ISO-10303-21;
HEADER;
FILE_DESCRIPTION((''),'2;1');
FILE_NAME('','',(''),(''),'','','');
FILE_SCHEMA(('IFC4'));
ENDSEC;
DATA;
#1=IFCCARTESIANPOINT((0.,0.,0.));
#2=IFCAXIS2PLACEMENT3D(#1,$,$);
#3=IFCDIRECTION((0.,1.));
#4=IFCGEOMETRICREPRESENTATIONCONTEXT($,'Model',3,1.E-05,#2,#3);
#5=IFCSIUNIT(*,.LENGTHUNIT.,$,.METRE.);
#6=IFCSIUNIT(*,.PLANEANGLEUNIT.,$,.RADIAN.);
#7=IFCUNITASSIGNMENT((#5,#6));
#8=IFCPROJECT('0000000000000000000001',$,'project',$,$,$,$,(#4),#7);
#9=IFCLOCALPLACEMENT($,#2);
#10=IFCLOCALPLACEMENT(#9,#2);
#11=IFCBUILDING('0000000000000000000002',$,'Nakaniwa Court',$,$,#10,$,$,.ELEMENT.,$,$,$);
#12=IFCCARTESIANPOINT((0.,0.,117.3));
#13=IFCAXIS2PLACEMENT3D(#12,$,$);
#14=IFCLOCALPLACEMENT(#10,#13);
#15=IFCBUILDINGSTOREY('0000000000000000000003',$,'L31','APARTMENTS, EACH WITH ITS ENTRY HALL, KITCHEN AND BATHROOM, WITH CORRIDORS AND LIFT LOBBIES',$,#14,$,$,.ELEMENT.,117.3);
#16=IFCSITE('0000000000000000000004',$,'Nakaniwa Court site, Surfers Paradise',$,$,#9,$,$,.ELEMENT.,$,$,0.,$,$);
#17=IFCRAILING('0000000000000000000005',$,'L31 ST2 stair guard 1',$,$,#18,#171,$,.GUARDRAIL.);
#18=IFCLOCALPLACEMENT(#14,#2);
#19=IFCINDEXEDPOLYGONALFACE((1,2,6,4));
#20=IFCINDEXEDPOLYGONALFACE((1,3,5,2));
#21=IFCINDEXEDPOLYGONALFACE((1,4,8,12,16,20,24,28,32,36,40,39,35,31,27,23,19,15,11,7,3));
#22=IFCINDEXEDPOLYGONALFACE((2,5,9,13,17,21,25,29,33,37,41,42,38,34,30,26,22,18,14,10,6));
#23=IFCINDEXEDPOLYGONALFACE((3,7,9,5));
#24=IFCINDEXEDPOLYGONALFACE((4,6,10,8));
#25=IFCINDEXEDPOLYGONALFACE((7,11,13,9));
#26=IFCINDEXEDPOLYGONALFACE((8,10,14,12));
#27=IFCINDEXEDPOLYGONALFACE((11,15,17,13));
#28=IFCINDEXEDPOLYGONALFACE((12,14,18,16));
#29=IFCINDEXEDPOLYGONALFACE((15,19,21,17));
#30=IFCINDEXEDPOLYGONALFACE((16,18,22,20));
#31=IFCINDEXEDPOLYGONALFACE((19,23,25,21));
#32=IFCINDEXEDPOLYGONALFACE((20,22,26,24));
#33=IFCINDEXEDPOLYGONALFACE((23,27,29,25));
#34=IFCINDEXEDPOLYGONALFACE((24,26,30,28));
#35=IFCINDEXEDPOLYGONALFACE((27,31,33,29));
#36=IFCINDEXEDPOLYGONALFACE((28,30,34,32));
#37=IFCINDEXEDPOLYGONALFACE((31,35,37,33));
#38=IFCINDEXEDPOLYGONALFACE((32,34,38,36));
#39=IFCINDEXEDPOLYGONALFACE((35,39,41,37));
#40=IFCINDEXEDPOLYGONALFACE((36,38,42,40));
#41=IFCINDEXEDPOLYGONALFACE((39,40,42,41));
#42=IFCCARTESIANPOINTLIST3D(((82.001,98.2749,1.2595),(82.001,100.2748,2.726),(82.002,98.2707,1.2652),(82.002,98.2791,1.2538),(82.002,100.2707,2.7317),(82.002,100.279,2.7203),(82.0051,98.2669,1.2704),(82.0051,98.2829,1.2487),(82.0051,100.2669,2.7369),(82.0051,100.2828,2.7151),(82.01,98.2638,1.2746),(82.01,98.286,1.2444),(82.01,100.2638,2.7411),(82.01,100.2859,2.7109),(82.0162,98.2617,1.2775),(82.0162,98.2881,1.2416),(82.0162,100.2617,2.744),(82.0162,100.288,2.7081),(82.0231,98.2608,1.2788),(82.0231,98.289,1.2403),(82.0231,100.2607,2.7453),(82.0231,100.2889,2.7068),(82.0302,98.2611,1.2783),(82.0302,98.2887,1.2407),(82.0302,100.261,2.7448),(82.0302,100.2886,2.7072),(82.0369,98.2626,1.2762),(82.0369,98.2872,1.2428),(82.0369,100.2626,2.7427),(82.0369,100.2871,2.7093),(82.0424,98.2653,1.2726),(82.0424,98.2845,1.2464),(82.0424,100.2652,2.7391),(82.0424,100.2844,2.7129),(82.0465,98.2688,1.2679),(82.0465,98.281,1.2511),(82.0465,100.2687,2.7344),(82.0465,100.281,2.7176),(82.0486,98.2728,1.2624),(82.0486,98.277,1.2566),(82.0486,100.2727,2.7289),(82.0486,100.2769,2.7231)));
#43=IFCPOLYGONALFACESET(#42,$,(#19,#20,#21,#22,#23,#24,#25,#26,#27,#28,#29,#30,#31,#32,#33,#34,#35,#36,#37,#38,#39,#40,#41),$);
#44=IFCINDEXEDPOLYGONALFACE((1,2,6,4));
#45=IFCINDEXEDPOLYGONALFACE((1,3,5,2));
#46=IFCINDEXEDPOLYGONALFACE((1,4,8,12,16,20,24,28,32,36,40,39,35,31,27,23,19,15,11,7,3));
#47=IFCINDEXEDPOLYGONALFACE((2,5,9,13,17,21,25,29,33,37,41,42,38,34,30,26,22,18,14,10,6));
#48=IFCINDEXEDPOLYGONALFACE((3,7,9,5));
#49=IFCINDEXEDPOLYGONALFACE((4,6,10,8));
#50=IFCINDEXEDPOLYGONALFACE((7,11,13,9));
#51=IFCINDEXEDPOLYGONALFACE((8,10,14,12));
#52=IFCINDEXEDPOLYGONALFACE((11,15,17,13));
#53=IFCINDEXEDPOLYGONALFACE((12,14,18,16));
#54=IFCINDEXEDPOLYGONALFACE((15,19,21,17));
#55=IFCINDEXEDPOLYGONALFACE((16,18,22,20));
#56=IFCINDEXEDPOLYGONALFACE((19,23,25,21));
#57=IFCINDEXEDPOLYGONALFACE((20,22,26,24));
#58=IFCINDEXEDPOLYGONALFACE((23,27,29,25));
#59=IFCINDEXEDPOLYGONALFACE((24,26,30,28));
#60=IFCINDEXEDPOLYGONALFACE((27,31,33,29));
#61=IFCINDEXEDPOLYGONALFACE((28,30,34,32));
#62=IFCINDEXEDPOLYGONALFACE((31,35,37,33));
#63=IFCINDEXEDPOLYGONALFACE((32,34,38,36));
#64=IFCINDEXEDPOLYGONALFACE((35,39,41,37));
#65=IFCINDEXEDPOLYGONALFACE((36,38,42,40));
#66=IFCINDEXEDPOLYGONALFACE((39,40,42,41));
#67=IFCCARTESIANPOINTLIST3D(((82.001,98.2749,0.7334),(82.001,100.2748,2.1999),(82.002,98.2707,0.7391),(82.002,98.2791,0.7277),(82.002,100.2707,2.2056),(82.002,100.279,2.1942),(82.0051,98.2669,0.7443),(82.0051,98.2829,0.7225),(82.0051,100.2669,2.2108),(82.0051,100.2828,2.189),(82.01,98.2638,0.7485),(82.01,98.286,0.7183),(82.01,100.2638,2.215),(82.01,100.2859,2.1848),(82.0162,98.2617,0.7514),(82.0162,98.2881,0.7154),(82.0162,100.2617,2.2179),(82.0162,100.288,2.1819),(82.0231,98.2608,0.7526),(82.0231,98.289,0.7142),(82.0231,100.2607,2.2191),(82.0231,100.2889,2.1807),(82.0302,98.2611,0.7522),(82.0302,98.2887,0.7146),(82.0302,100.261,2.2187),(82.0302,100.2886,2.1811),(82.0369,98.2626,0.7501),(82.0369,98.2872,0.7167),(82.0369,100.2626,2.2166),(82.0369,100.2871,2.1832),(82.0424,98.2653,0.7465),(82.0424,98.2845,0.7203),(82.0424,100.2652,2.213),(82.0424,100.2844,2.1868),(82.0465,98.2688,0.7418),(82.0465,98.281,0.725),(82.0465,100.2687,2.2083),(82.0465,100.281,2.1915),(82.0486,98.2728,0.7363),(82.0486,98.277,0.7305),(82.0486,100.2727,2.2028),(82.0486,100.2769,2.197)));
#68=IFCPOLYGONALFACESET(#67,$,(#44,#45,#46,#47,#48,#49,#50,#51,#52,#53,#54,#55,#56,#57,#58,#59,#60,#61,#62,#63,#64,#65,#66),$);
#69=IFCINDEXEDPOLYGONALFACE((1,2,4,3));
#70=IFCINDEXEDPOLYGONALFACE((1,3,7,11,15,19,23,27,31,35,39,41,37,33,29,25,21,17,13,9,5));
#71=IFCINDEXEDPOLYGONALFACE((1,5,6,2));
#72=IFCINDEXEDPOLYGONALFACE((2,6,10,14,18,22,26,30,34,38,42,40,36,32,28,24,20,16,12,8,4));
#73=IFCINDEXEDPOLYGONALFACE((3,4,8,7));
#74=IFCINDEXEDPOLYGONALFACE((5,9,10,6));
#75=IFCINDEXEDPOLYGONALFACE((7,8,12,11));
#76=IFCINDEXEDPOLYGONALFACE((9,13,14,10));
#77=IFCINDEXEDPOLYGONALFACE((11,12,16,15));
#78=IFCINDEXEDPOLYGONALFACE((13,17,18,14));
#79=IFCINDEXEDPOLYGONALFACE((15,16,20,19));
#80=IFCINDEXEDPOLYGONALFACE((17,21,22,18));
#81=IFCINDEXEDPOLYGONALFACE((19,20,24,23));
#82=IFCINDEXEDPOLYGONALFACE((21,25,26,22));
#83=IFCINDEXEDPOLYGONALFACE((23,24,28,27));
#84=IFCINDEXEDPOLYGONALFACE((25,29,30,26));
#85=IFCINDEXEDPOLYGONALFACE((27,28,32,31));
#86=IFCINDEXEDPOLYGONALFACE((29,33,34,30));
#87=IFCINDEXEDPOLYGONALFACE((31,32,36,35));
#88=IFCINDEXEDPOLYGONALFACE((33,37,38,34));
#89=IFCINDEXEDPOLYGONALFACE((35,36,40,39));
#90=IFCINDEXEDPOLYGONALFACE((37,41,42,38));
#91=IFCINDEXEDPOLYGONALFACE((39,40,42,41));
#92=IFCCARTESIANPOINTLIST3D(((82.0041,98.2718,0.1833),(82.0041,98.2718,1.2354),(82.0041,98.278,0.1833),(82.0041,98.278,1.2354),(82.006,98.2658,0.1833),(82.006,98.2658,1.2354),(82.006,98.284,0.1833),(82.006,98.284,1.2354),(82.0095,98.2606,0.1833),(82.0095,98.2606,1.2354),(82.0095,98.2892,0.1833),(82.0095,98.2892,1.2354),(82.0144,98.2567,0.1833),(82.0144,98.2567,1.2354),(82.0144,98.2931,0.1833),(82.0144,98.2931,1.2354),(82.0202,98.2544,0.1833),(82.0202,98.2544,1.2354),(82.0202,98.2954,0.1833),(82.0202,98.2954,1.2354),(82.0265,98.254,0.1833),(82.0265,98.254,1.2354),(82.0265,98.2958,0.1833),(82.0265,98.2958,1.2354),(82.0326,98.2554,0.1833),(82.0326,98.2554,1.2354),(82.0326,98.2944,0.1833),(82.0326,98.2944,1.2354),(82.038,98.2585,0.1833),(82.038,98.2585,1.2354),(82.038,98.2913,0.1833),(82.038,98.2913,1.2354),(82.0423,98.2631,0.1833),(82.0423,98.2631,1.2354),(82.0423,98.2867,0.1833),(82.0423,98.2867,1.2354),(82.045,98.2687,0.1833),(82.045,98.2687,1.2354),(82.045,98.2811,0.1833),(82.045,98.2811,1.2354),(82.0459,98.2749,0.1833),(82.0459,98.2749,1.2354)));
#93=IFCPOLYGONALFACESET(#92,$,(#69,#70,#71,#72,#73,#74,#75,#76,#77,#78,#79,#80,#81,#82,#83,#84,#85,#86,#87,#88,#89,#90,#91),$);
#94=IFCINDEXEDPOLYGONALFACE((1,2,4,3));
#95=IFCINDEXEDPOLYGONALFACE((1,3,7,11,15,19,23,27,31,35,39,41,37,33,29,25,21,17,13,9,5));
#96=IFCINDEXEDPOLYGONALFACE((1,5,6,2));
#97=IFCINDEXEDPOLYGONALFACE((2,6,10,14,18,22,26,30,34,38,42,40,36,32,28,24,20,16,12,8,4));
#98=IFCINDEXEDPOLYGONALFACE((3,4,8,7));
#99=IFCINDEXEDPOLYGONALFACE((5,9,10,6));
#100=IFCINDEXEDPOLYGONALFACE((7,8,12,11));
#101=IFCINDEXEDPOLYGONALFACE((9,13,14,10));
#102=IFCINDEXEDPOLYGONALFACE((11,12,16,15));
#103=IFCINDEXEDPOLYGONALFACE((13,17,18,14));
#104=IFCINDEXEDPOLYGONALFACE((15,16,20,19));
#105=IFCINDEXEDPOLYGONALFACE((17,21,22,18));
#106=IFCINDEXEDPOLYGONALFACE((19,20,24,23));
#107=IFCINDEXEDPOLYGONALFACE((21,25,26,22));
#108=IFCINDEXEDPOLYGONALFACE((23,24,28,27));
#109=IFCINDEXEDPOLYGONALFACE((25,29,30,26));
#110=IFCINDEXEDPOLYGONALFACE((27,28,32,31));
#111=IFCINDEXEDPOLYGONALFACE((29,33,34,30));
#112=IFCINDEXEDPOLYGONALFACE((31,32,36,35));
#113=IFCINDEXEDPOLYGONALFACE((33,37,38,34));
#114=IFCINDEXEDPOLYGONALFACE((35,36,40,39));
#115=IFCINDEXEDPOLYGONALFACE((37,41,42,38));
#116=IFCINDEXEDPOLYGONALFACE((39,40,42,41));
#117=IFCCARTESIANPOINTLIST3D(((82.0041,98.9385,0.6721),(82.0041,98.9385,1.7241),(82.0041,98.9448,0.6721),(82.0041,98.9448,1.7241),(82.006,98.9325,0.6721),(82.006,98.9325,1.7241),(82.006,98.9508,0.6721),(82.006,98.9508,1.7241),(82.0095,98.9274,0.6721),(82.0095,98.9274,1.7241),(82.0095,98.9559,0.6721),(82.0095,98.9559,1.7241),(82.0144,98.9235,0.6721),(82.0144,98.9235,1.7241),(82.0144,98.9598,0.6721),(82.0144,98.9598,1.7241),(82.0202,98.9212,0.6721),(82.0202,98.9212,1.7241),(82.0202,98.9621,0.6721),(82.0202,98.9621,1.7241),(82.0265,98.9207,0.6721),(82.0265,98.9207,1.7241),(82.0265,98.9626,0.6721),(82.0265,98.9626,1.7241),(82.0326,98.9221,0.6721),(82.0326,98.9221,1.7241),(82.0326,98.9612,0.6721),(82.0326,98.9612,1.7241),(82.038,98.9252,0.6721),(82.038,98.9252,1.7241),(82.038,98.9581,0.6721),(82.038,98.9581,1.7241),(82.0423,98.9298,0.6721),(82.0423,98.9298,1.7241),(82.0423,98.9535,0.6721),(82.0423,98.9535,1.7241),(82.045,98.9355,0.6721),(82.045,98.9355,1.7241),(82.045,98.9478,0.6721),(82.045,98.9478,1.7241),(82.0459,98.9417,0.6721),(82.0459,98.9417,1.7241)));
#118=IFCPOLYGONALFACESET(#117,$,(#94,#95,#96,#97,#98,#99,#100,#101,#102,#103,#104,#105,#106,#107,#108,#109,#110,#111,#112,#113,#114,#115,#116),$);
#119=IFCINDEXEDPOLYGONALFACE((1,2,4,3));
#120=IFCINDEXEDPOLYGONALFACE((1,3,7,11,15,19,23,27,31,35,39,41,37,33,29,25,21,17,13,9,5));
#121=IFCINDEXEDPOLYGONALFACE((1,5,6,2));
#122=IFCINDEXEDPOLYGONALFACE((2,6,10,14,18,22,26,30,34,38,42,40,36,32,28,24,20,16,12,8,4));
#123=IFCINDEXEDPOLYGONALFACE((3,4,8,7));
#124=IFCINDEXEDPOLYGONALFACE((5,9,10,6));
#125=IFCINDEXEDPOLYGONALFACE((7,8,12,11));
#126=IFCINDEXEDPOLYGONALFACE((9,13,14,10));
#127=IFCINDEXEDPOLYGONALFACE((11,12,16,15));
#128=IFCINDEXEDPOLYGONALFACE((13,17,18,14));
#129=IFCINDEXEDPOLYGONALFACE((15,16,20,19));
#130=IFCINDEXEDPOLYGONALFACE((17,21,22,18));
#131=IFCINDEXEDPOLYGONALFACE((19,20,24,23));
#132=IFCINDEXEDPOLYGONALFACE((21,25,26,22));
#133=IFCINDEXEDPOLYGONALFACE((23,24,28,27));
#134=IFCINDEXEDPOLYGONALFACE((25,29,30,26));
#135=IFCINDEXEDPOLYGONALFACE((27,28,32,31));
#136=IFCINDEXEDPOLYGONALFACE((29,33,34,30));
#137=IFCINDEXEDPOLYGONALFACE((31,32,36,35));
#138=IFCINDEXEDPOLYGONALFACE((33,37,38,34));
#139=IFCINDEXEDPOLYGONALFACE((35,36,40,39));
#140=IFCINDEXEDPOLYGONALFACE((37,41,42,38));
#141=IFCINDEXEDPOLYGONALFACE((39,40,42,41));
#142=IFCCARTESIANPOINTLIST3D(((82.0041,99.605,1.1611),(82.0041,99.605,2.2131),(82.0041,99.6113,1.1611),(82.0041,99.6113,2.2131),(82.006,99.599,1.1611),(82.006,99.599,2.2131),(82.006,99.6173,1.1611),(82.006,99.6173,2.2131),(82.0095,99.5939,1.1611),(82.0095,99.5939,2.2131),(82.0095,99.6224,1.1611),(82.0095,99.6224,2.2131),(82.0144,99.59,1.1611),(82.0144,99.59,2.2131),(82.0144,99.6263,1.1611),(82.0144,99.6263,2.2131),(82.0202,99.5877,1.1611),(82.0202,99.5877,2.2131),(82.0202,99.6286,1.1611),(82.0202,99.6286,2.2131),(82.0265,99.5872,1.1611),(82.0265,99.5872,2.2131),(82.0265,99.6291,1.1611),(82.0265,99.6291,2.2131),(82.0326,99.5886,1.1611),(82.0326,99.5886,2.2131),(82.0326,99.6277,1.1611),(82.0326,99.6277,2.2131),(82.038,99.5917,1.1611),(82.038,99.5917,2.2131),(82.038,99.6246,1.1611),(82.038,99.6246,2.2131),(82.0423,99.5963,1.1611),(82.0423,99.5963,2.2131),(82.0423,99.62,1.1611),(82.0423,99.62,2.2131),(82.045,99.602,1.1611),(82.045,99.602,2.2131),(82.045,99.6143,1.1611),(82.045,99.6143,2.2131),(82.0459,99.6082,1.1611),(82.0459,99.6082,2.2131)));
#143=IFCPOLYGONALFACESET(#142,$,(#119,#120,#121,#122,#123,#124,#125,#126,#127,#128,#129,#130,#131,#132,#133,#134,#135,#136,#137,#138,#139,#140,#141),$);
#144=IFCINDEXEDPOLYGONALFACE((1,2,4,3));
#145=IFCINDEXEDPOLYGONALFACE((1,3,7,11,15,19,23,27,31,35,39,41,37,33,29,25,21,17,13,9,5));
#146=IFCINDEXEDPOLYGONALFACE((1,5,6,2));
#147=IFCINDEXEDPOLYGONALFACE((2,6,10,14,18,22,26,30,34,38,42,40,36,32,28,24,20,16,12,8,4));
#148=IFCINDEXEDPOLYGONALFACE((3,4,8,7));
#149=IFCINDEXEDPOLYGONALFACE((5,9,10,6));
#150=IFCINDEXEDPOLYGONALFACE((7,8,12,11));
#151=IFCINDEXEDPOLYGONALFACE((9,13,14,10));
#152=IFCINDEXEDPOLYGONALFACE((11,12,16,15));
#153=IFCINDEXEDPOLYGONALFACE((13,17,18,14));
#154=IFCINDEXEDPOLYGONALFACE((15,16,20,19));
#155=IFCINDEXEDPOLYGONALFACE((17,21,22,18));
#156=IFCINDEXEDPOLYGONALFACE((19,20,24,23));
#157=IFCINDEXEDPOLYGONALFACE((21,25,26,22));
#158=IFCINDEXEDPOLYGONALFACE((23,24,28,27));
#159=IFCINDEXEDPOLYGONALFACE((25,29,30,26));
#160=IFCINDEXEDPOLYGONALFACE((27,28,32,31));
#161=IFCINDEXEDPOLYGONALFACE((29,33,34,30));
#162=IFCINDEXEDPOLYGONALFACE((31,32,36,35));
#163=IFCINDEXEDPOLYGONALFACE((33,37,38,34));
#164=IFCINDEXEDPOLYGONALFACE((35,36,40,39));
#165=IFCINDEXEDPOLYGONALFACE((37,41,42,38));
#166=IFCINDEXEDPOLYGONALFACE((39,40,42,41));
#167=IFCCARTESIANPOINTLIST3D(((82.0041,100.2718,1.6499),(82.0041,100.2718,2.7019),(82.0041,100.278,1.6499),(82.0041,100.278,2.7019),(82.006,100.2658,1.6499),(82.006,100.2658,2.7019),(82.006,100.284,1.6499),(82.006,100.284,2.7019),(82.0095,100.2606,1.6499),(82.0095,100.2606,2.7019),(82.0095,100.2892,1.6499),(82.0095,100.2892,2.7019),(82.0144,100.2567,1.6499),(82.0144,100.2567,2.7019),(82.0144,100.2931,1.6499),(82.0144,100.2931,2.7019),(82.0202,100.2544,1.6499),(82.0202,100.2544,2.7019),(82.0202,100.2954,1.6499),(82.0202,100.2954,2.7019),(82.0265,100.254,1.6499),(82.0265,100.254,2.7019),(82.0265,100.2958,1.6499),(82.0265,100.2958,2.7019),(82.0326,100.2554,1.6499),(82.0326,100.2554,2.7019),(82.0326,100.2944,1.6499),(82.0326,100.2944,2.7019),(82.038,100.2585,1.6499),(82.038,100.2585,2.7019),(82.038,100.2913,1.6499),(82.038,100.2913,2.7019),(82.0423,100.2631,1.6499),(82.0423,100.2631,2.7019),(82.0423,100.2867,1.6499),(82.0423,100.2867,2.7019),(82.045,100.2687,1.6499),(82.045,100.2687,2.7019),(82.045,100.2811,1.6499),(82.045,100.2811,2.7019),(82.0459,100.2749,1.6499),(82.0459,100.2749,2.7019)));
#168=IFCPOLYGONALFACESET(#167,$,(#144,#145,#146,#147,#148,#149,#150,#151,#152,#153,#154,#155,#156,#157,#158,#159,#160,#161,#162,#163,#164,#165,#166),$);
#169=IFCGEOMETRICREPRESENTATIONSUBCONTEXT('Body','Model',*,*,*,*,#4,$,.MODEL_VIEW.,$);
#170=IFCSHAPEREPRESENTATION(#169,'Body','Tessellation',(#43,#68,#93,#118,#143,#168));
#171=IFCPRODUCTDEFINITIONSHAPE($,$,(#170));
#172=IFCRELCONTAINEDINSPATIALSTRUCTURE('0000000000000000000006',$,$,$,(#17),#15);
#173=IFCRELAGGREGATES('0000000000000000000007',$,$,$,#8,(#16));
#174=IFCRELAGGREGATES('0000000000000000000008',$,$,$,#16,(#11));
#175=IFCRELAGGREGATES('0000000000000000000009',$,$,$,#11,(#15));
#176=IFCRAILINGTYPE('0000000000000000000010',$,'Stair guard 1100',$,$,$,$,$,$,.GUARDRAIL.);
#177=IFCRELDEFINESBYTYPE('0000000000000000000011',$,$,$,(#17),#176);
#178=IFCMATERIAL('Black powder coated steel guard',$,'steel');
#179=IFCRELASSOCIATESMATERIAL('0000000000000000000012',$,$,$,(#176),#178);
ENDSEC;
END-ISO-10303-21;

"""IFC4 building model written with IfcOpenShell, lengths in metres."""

from ifc_helpers import new_model, si_unit, direction, frame, origin, origin_2d, place, context, subcontext, project, spatial, circle, extrude, material, type_object, element, save


model = new_model("IFC4")

# Units and contexts
model_context = context("Model", 3, precision=1e-05, world=origin(), true_north=direction((0.0, 1.0)))
body_context = subcontext(model_context, "Body", "Model", "MODEL_VIEW")
ifc_project = project(units=[si_unit("LENGTHUNIT", "METRE"), si_unit("PLANEANGLEUNIT", "RADIAN")], contexts=[model_context])

# Site, building, storey
site_placement = place(None, origin())
site = spatial("IfcSite", under=ifc_project, at=site_placement, Name="Nakaniwa Court site, Surfers Paradise", CompositionType="ELEMENT", RefElevation=0.0)
building_placement = place(site_placement, origin())
building = spatial("IfcBuilding", under=site, at=building_placement, Name="Nakaniwa Court", CompositionType="ELEMENT")
storey_placement = place(building_placement, frame((0.0, 0.0, 117.3)))
storey = spatial("IfcBuildingStorey", under=building, at=storey_placement, Name="L31", Description="APARTMENTS, EACH WITH ITS ENTRY HALL, KITCHEN AND BATHROOM, WITH CORRIDORS AND LIFT LOBBIES", CompositionType="ELEMENT", Elevation=117.3)

# Railing
ifc_material_1 = material(Name="Black powder coated steel guard", Category="steel")
railing_type_1 = type_object("IfcRailingType", Name="Stair guard 1100", PredefinedType="GUARDRAIL", material=ifc_material_1)
railing_1_placement = place(storey_placement, frame((82.0249, 98.2749, 0.1833)))
element("IfcRailing", 1, at=railing_1_placement, inside=storey, type_object=railing_type_1, Name="L31 ST2 stair guard 1", PredefinedType="GUARDRAIL", context=body_context, shape_type="SweptSolid", body=[
    extrude(circle(Radius=0.0239, at=origin_2d()), frame((0.0, 0.0, 1.0762), z_axis=(0.0, 0.806427, 0.591334), x_axis=(-1.0, 0.0, 0.0)), (0.0, 0.0, 1.0), 2.48),
    extrude(circle(Radius=0.0239, at=origin_2d()), frame((0.0, 0.0, 0.55), z_axis=(0.0, 0.806427, 0.591334), x_axis=(-1.0, 0.0, 0.0)), (0.0, 0.0, 1.0), 2.48),
    extrude(circle(Radius=0.021, at=origin_2d()), origin(), (0.0, 0.0, 1.0), 1.052),
    extrude(circle(Radius=0.021, at=origin_2d()), frame((0.0, 0.6667, 0.4888)), (0.0, 0.0, 1.0), 1.052),
    extrude(circle(Radius=0.021, at=origin_2d()), frame((0.0, 1.3333, 0.9778)), (0.0, 0.0, 1.0), 1.052),
    extrude(circle(Radius=0.021, at=origin_2d()), frame((0.0, 2.0, 1.4666)), (0.0, 0.0, 1.0), 1.052),
])

save(model, "model.ifc")
